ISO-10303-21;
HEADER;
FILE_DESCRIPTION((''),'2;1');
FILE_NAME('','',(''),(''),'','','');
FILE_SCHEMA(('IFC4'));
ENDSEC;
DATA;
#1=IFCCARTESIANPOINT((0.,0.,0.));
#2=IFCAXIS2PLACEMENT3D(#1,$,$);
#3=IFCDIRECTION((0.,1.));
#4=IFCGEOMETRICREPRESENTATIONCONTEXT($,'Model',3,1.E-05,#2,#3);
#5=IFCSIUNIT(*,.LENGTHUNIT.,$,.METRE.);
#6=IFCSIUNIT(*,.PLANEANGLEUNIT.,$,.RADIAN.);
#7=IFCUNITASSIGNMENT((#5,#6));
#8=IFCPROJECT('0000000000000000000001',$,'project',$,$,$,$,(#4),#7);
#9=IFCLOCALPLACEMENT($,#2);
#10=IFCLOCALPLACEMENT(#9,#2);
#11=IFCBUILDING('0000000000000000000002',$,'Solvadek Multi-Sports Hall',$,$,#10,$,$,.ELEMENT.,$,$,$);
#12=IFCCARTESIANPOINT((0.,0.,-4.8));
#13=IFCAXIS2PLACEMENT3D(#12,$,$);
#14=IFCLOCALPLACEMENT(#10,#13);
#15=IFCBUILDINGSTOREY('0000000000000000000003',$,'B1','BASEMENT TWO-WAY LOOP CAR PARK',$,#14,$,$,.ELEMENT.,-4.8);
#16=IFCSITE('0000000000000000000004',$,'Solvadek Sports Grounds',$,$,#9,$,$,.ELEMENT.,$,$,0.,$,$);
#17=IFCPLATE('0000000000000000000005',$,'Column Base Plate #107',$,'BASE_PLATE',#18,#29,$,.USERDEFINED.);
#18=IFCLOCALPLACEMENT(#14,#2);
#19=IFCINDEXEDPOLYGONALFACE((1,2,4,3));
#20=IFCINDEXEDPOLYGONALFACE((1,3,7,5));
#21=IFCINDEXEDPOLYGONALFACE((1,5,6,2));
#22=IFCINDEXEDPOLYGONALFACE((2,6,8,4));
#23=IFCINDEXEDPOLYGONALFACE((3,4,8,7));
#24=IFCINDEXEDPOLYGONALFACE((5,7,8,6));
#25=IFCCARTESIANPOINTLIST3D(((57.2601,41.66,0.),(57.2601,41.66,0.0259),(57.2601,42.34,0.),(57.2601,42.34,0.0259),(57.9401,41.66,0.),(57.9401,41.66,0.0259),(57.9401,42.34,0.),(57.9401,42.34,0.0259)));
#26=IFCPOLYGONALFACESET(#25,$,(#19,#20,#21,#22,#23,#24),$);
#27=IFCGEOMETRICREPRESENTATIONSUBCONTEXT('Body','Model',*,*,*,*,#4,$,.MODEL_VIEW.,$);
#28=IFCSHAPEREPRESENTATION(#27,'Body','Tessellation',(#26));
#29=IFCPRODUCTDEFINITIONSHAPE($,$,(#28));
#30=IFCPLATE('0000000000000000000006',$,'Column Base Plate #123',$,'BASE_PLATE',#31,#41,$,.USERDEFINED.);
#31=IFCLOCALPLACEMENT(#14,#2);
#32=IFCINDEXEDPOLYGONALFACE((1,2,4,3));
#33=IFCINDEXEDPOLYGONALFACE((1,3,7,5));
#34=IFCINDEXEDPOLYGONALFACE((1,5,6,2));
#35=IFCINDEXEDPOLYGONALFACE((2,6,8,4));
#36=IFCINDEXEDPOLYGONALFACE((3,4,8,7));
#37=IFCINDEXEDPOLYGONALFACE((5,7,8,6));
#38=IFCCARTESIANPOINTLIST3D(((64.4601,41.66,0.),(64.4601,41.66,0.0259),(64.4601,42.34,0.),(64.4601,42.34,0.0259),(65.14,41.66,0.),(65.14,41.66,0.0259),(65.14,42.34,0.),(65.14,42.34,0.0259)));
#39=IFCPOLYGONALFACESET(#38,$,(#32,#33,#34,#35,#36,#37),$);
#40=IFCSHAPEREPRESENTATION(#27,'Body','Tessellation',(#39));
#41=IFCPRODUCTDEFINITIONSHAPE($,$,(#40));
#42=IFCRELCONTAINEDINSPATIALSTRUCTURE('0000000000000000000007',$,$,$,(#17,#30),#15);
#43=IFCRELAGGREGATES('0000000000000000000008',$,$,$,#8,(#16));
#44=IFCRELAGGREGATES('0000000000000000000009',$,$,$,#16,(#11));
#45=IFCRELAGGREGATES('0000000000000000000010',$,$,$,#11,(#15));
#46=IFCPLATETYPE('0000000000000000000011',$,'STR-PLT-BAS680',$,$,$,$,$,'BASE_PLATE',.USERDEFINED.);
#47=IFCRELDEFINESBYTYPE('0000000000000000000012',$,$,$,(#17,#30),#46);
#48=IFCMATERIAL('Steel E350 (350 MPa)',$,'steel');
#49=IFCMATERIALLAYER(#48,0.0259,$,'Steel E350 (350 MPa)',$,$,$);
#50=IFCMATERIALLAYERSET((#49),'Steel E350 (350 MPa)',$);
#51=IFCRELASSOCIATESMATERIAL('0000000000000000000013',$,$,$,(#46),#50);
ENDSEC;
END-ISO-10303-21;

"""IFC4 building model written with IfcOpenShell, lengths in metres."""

from ifc_helpers import new_model, si_unit, direction, frame, origin, origin_2d, place, context, subcontext, project, spatial, rectangle, extrude, material, layer, layer_set, type_object, element, save


model = new_model("IFC4")

# Units and contexts
model_context = context("Model", 3, precision=1e-05, world=origin(), true_north=direction((0.0, 1.0)))
body_context = subcontext(model_context, "Body", "Model", "MODEL_VIEW")
ifc_project = project(units=[si_unit("LENGTHUNIT", "METRE"), si_unit("PLANEANGLEUNIT", "RADIAN")], contexts=[model_context])

# Site, building, storey
site_placement = place(None, origin())
site = spatial("IfcSite", under=ifc_project, at=site_placement, Name="Solvadek Sports Grounds", CompositionType="ELEMENT", RefElevation=0.0)
building_placement = place(site_placement, origin())
building = spatial("IfcBuilding", under=site, at=building_placement, Name="Solvadek Multi-Sports Hall", CompositionType="ELEMENT")
storey_placement = place(building_placement, frame((0.0, 0.0, -4.8)))
storey = spatial("IfcBuildingStorey", under=building, at=storey_placement, Name="B1", Description="BASEMENT TWO-WAY LOOP CAR PARK", CompositionType="ELEMENT", Elevation=-4.8)

# Shared definitions
ifc_material_1 = material(Name="Steel E350 (350 MPa)", Category="steel")

# Plates
ifc_layer = layer(ifc_material_1, 0.0259, Name="Steel E350 (350 MPa)")
ifc_layer_set = layer_set([ifc_layer], Name="Steel E350 (350 MPa)")
plate_type = type_object("IfcPlateType", Name="STR-PLT-BAS680", ElementType="BASE_PLATE", PredefinedType="USERDEFINED", material=ifc_layer_set)
for number, where, z_axis, x_axis, name in (
    (1, (57.6001, 42.0, 0.0), (0.0, 0.0, 1.0), (1.0, 0.0, 0.0), "Column Base Plate #107"),
    (2, (64.8, 42.0, 0.0), (0.0, 0.0, 1.0), (1.0, 0.0, 0.0), "Column Base Plate #123"),
):
    element("IfcPlate", number, at=place(storey_placement, frame(where, z_axis=z_axis, x_axis=x_axis)), inside=storey, type_object=plate_type, Name=name, ObjectType="BASE_PLATE", PredefinedType="USERDEFINED", context=body_context, shape_type="SweptSolid", body=[
        extrude(rectangle(XDim=0.6799, YDim=0.6799, at=origin_2d()), origin(), (0.0, 0.0, 1.0), 0.0259),
    ])

save(model, "model.ifc")
